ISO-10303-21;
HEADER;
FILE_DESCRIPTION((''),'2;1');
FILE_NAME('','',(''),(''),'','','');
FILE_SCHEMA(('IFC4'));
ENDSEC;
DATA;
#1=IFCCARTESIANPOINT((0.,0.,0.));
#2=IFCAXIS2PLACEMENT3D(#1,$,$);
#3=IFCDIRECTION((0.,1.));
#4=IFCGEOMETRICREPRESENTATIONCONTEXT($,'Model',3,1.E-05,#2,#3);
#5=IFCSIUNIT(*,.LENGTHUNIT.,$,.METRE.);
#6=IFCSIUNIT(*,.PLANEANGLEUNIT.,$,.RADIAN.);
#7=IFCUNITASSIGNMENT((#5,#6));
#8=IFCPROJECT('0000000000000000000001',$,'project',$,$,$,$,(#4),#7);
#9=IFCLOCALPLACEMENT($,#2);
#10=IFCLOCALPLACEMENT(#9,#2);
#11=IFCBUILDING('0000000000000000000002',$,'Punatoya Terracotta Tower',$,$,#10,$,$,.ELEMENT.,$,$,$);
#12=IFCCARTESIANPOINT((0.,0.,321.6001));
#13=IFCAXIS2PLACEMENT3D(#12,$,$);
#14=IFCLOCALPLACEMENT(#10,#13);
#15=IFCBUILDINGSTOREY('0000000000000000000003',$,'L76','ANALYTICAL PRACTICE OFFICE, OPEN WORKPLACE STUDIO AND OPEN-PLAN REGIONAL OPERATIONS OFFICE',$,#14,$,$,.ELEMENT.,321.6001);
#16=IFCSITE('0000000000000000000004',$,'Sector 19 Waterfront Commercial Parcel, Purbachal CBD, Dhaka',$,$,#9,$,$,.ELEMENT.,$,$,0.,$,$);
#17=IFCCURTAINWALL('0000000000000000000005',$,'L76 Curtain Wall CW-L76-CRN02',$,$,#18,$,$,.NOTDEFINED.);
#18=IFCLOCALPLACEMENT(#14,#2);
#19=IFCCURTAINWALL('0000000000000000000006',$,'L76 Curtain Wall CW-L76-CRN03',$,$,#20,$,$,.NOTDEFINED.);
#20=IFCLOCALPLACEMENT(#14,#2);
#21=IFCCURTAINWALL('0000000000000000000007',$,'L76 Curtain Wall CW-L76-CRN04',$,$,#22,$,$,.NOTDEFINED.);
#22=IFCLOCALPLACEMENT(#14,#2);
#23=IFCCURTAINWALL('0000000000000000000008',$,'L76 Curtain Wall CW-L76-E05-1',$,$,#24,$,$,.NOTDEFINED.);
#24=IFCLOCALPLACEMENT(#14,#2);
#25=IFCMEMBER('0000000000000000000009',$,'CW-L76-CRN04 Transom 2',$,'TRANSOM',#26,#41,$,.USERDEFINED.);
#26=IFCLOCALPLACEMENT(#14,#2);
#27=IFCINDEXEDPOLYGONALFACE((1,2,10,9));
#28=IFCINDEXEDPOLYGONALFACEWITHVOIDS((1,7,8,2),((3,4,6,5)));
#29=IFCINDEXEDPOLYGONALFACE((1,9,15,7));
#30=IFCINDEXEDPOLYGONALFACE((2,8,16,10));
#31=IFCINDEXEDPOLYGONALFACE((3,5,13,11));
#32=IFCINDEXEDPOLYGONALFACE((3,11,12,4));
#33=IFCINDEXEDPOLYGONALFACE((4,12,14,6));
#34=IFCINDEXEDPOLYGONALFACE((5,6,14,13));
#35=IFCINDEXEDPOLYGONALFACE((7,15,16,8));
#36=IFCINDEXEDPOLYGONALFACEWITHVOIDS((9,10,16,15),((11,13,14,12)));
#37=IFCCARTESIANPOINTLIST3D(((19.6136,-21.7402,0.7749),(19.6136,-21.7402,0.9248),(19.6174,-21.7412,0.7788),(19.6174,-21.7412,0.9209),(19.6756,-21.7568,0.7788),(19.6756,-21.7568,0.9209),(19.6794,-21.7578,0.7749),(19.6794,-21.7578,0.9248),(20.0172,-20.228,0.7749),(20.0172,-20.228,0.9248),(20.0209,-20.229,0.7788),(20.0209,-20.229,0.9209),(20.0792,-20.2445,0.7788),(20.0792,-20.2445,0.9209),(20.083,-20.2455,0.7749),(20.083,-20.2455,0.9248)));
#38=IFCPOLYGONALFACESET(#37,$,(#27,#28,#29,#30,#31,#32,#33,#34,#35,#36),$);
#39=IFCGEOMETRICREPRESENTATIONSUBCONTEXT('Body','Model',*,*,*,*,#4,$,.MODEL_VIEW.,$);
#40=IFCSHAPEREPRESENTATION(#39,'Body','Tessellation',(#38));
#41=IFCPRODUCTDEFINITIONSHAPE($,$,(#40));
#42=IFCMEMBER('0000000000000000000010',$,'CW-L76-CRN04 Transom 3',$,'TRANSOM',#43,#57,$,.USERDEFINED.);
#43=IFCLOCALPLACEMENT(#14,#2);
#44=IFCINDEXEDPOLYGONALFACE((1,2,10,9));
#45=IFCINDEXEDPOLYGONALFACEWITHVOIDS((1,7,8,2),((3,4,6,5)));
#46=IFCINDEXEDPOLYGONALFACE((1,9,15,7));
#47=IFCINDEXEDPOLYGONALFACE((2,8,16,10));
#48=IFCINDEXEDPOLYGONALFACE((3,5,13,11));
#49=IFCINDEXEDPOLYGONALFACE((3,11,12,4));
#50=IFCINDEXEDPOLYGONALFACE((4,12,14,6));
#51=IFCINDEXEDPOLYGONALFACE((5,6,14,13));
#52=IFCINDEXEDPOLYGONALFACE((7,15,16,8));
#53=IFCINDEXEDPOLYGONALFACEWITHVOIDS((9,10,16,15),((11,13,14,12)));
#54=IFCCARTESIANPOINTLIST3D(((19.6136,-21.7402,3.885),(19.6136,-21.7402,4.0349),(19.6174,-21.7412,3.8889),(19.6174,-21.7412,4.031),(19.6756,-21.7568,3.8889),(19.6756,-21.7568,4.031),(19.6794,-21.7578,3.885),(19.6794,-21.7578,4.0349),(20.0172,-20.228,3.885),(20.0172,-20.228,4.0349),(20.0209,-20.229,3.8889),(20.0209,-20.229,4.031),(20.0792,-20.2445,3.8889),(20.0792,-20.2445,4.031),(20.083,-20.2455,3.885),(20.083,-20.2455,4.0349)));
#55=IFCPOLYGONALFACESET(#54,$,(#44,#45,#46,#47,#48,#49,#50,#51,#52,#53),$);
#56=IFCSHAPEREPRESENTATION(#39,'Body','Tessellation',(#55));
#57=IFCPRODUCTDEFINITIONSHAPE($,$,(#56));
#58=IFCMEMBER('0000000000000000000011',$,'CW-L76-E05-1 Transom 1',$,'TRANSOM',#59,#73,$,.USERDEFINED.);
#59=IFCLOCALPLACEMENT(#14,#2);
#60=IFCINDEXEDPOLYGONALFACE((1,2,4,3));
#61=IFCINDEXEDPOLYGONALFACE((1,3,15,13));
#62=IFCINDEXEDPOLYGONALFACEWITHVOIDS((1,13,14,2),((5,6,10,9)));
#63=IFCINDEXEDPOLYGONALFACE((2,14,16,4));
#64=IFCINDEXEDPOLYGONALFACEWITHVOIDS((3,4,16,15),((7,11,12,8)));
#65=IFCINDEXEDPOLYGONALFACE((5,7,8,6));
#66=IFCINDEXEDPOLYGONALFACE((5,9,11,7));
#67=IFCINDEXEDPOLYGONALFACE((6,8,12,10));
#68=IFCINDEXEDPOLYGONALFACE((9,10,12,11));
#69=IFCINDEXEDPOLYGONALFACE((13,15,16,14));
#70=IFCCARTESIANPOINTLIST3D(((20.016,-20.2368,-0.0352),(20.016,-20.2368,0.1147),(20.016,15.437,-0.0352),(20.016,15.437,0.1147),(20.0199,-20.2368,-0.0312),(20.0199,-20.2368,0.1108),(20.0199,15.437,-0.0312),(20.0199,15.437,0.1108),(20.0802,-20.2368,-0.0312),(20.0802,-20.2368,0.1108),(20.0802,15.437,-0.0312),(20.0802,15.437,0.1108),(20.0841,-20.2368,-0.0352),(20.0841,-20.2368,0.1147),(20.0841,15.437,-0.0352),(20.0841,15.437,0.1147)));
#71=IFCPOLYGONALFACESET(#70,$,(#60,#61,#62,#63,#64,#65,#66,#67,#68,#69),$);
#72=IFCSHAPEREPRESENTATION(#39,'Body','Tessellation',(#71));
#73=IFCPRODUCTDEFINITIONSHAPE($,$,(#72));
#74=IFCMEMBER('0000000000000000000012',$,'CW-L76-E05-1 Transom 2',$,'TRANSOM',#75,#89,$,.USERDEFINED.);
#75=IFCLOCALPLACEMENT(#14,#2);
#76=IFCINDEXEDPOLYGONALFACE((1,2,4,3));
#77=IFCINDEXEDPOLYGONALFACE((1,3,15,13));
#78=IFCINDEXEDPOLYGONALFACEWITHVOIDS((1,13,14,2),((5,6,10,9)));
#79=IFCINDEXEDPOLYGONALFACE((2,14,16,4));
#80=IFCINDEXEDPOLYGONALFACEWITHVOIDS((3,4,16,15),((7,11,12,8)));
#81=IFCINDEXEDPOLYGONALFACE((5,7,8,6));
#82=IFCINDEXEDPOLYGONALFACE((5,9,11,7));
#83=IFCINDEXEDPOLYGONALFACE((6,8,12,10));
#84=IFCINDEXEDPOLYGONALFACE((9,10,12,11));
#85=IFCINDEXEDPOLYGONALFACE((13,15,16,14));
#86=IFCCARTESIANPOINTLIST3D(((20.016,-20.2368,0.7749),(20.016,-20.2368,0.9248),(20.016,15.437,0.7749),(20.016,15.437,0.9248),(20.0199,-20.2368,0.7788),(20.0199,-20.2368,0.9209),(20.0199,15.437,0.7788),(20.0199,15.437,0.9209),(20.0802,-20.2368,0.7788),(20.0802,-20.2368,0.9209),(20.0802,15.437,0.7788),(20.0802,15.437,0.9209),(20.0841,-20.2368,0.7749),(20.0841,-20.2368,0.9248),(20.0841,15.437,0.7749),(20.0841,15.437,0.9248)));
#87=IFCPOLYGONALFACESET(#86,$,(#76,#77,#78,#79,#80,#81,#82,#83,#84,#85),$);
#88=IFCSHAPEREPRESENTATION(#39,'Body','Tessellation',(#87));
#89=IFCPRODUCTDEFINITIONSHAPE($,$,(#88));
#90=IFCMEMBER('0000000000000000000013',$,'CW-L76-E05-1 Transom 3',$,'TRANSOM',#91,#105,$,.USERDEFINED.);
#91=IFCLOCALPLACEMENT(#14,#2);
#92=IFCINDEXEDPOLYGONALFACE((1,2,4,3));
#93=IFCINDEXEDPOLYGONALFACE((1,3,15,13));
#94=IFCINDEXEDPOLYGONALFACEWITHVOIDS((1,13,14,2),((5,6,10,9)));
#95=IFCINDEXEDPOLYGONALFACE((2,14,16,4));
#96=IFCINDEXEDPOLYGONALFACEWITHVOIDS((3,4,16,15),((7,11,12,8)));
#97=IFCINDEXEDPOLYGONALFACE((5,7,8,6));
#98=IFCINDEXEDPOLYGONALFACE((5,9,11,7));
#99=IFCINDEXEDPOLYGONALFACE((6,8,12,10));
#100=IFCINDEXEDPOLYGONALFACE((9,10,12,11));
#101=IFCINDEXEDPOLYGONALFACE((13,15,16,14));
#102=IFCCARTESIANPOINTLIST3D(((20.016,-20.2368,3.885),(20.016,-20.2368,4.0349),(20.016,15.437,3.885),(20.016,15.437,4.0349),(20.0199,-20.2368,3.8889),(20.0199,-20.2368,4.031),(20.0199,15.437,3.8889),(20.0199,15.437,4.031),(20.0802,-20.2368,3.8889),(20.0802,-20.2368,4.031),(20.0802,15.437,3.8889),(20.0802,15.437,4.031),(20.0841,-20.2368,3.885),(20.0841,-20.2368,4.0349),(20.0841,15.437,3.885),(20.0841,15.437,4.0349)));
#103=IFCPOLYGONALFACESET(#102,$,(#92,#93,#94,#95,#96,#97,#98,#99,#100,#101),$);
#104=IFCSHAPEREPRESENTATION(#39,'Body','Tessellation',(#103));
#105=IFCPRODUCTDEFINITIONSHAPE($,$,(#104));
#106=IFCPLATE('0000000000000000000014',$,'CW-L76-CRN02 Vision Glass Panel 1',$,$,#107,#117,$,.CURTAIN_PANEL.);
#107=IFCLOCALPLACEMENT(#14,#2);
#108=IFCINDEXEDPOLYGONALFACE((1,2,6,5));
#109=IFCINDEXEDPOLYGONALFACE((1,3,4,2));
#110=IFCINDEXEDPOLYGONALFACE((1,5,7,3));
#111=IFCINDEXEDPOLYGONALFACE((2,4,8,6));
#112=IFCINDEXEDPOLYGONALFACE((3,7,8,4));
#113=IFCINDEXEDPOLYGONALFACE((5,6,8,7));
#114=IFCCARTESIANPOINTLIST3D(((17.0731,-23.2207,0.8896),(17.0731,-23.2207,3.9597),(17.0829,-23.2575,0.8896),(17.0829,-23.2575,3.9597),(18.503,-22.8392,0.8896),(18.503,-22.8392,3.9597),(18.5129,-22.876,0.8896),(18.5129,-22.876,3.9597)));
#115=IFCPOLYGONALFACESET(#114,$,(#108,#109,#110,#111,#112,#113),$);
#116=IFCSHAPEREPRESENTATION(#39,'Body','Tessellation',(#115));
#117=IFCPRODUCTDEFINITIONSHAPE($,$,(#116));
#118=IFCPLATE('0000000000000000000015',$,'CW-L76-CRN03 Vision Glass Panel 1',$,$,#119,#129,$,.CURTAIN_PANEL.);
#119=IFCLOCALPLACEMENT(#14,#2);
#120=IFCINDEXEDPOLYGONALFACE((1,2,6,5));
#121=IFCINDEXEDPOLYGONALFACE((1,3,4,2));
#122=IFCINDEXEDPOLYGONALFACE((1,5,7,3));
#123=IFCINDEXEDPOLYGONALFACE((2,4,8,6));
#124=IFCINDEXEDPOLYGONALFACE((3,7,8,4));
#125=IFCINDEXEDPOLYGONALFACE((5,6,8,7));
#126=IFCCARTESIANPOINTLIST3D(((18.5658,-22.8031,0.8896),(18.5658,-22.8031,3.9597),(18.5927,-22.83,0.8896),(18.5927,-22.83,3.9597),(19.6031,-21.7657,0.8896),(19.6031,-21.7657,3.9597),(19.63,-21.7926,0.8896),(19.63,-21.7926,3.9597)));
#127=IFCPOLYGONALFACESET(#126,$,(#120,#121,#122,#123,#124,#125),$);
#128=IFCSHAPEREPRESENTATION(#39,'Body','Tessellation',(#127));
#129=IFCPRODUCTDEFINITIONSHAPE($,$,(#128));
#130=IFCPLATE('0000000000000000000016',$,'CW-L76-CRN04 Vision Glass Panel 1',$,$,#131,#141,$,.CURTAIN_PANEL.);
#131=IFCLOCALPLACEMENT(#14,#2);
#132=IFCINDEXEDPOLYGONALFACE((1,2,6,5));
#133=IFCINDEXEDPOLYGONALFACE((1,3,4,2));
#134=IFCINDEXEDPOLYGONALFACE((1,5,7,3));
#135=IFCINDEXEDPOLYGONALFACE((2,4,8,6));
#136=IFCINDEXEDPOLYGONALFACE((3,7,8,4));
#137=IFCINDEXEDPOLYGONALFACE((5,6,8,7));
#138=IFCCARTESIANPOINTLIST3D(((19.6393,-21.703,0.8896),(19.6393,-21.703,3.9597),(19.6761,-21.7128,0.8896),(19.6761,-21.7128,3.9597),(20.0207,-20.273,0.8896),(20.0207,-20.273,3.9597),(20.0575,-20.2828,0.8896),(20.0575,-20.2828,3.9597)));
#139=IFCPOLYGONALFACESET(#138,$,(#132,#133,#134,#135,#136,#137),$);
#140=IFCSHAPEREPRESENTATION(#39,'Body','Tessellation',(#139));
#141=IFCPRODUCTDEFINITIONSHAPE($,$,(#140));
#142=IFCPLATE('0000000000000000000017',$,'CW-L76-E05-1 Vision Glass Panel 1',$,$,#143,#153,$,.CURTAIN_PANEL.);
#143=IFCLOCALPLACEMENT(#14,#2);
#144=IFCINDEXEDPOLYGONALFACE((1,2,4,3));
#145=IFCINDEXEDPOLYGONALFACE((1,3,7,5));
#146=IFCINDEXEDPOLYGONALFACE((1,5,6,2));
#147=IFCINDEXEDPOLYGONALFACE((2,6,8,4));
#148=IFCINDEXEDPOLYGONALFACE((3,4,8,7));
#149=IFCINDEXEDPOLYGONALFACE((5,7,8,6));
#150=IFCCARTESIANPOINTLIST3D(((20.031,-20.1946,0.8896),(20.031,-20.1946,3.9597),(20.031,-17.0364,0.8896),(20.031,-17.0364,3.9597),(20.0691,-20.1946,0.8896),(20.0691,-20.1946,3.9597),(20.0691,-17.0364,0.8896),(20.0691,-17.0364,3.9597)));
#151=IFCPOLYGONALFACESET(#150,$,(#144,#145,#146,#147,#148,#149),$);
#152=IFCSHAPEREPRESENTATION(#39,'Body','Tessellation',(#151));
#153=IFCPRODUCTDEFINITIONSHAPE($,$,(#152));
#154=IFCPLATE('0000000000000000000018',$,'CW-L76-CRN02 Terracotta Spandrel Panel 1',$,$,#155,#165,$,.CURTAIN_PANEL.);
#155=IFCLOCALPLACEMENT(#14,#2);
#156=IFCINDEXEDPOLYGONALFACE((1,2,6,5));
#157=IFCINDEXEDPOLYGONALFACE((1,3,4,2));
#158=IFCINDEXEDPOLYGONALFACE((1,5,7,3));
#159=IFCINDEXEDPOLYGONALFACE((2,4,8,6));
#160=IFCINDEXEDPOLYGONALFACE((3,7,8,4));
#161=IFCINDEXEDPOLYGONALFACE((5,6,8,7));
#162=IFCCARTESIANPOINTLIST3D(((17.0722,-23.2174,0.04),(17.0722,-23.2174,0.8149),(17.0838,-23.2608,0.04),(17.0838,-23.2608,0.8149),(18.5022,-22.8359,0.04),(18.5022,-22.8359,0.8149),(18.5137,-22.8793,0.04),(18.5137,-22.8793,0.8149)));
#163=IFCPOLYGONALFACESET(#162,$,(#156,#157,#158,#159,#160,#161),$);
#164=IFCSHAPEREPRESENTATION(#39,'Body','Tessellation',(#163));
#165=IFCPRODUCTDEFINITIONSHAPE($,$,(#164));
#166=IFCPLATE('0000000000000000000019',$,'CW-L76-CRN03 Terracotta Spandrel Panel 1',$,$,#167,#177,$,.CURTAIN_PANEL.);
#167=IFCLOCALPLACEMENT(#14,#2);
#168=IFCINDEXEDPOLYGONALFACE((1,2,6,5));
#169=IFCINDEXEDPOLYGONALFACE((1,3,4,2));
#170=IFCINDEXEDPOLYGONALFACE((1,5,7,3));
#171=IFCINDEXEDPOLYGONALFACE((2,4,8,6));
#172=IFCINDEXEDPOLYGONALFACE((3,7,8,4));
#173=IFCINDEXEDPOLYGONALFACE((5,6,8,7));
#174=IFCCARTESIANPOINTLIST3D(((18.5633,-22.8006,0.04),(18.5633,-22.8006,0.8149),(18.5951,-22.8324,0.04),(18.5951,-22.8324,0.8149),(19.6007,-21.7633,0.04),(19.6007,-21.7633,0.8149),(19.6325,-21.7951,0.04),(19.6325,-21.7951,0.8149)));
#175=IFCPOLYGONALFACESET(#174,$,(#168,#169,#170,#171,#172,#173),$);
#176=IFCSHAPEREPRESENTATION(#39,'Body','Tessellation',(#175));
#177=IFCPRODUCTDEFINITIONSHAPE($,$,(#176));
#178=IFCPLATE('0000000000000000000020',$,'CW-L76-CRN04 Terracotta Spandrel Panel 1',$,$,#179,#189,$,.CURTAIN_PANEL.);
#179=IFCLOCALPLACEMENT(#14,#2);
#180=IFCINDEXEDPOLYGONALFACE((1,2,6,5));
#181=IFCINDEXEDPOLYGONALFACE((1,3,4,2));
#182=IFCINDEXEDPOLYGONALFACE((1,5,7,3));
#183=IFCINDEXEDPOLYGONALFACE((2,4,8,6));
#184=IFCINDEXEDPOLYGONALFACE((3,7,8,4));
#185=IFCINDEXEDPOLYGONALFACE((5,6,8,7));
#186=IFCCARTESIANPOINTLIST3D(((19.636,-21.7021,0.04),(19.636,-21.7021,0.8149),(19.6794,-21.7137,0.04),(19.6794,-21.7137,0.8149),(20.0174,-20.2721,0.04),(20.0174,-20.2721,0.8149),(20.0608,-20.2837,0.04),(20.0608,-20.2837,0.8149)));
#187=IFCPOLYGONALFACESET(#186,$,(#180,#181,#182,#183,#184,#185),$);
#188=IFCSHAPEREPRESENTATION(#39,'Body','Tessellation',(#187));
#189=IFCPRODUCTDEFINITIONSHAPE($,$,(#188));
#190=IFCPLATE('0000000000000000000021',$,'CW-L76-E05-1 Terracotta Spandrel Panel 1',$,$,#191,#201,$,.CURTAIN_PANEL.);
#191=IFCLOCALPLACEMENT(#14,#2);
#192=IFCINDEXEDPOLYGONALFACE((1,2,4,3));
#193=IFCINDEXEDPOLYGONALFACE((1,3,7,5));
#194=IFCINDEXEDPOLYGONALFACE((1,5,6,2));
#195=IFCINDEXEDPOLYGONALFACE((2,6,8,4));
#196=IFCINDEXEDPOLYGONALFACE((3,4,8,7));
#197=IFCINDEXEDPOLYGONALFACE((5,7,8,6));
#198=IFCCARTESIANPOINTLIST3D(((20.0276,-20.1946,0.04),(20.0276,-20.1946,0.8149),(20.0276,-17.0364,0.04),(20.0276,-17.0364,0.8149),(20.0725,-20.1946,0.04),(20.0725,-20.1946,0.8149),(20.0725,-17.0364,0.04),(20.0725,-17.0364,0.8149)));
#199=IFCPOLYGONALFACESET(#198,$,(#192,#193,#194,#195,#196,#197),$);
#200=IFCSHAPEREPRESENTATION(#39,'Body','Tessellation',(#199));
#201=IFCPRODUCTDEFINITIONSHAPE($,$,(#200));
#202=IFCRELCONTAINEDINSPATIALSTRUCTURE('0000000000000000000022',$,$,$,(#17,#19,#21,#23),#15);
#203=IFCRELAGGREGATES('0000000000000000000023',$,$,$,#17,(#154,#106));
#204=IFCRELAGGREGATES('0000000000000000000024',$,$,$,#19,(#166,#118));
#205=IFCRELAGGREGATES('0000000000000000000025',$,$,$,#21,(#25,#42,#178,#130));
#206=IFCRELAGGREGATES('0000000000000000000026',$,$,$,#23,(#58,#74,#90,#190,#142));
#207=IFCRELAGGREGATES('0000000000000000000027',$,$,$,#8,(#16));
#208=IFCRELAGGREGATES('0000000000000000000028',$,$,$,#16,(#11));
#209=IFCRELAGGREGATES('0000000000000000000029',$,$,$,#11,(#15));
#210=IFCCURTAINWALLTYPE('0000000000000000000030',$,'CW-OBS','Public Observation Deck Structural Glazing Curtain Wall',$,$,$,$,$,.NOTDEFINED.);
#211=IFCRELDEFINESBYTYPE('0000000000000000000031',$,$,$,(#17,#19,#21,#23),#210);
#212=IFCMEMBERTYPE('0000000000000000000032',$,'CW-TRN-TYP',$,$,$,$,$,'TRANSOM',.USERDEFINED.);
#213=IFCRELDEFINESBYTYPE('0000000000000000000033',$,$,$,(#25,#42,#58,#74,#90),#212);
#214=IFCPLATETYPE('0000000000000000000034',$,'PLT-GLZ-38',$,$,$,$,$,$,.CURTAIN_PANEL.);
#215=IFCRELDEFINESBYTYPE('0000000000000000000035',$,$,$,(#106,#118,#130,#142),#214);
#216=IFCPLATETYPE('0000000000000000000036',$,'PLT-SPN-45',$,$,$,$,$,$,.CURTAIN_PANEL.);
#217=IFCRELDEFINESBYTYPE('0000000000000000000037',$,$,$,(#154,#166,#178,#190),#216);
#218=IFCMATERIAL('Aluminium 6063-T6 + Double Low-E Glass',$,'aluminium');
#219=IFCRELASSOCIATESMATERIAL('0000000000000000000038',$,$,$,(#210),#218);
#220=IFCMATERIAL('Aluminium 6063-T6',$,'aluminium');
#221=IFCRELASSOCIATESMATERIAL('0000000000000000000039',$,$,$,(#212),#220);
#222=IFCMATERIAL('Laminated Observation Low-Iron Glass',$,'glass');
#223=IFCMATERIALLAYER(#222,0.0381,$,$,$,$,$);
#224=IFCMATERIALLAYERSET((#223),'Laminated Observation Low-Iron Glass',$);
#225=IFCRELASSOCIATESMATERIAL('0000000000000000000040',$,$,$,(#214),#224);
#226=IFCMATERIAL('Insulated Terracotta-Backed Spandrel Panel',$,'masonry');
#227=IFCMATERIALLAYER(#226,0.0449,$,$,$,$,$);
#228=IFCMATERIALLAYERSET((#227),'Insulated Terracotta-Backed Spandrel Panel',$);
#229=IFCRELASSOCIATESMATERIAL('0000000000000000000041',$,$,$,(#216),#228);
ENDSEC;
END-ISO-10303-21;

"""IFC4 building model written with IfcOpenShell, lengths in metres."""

from ifc_helpers import new_model, si_unit, direction, frame, origin, origin_2d, place, context, subcontext, project, spatial, rectangle, hollow_rectangle, extrude, material, layer, layer_set, material_profile, profile_set, type_object, element, aggregate, save


model = new_model("IFC4")

# Units and contexts
model_context = context("Model", 3, precision=1e-05, world=origin(), true_north=direction((0.0, 1.0)))
body_context = subcontext(model_context, "Body", "Model", "MODEL_VIEW")
ifc_project = project(units=[si_unit("LENGTHUNIT", "METRE"), si_unit("PLANEANGLEUNIT", "RADIAN")], contexts=[model_context])

# Site, building, storey
site_placement = place(None, origin())
site = spatial("IfcSite", under=ifc_project, at=site_placement, Name="Sector 19 Waterfront Commercial Parcel, Purbachal CBD, Dhaka", CompositionType="ELEMENT", RefElevation=0.0)
building_placement = place(site_placement, origin())
building = spatial("IfcBuilding", under=site, at=building_placement, Name="Punatoya Terracotta Tower", CompositionType="ELEMENT")
storey_placement = place(building_placement, frame((0.0, 0.0, 321.6001)))
storey = spatial("IfcBuildingStorey", under=building, at=storey_placement, Name="L76", Description="ANALYTICAL PRACTICE OFFICE, OPEN WORKPLACE STUDIO AND OPEN-PLAN REGIONAL OPERATIONS OFFICE", CompositionType="ELEMENT", Elevation=321.6001)

# Curtain walls
ifc_material_1 = material(Name="Aluminium 6063-T6 + Double Low-E Glass", Category="aluminium")
curtain_wall_type = type_object("IfcCurtainWallType", Name="CW-OBS", Description="Public Observation Deck Structural Glazing Curtain Wall", PredefinedType="NOTDEFINED", material=ifc_material_1)
curtain_wall_1_placement = place(storey_placement, origin())
curtain_wall_1 = element("IfcCurtainWall", 1, at=curtain_wall_1_placement, inside=storey, type_object=curtain_wall_type, Name="L76 Curtain Wall CW-L76-CRN02", PredefinedType="NOTDEFINED")
ifc_material_2 = material(Name="Aluminium 6063-T6", Category="aluminium")
curtain_wall_2_placement = place(storey_placement, origin())
curtain_wall_2 = element("IfcCurtainWall", 2, at=curtain_wall_2_placement, inside=storey, type_object=curtain_wall_type, Name="L76 Curtain Wall CW-L76-CRN03", PredefinedType="NOTDEFINED")
curtain_wall_3_placement = place(storey_placement, origin())
curtain_wall_3 = element("IfcCurtainWall", 3, at=curtain_wall_3_placement, inside=storey, type_object=curtain_wall_type, Name="L76 Curtain Wall CW-L76-CRN04", PredefinedType="NOTDEFINED")

# Curtain wall
curtain_wall_4_placement = place(storey_placement, origin())
curtain_wall_4 = element("IfcCurtainWall", 4, at=curtain_wall_4_placement, inside=storey, type_object=curtain_wall_type, Name="L76 Curtain Wall CW-L76-E05-1", PredefinedType="NOTDEFINED")

# Members
ifc_material_profile_1 = material_profile(ifc_material_2, hollow_rectangle(XDim=0.0681, YDim=0.1499, WallThickness=0.0039, at=origin_2d()))
ifc_profile_set_1 = profile_set([ifc_material_profile_1], Name="Aluminium 6063-T6")
member_type_1 = type_object("IfcMemberType", Name="CW-TRN-TYP", ElementType="TRANSOM", PredefinedType="USERDEFINED", material=ifc_profile_set_1)
member_1_placement = place(storey_placement, frame((19.6465, -21.749, 0.8499), z_axis=(0.257847, 0.966186, 0.0), x_axis=(-0.966186, 0.257847, 0.0)))
member_1 = element("IfcMember", 5, at=member_1_placement, type_object=member_type_1, Name="CW-L76-CRN04 Transom 2", ObjectType="TRANSOM", PredefinedType="USERDEFINED", context=body_context, shape_type="SweptSolid", body=[
    extrude(hollow_rectangle(XDim=0.0681, YDim=0.1499, WallThickness=0.0039, at=origin_2d()), origin(), (0.0, 0.0, 1.0), 1.5652),
])
member_2_placement = place(storey_placement, frame((19.6465, -21.749, 3.96), z_axis=(0.257847, 0.966186, 0.0), x_axis=(-0.966186, 0.257847, 0.0)))
member_2 = element("IfcMember", 6, at=member_2_placement, type_object=member_type_1, Name="CW-L76-CRN04 Transom 3", ObjectType="TRANSOM", PredefinedType="USERDEFINED", context=body_context, shape_type="SweptSolid", body=[
    extrude(hollow_rectangle(XDim=0.0681, YDim=0.1499, WallThickness=0.0039, at=origin_2d()), origin(), (0.0, 0.0, 1.0), 1.5652),
])
member_3_placement = place(storey_placement, frame((20.05, -20.2368, 0.0398), z_axis=(0.0, 1.0, 0.0), x_axis=(-1.0, 0.0, 0.0)))
member_3 = element("IfcMember", 7, at=member_3_placement, type_object=member_type_1, Name="CW-L76-E05-1 Transom 1", ObjectType="TRANSOM", PredefinedType="USERDEFINED", context=body_context, shape_type="SweptSolid", body=[
    extrude(hollow_rectangle(XDim=0.0681, YDim=0.1499, WallThickness=0.0039, at=origin_2d()), origin(), (0.0, 0.0, 1.0), 35.6738),
])
member_4_placement = place(storey_placement, frame((20.05, -20.2368, 0.8499), z_axis=(0.0, 1.0, 0.0), x_axis=(-1.0, 0.0, 0.0)))
member_4 = element("IfcMember", 8, at=member_4_placement, type_object=member_type_1, Name="CW-L76-E05-1 Transom 2", ObjectType="TRANSOM", PredefinedType="USERDEFINED", context=body_context, shape_type="SweptSolid", body=[
    extrude(hollow_rectangle(XDim=0.0681, YDim=0.1499, WallThickness=0.0039, at=origin_2d()), origin(), (0.0, 0.0, 1.0), 35.6738),
])
member_5_placement = place(storey_placement, frame((20.05, -20.2368, 3.96), z_axis=(0.0, 1.0, 0.0), x_axis=(-1.0, 0.0, 0.0)))
member_5 = element("IfcMember", 9, at=member_5_placement, type_object=member_type_1, Name="CW-L76-E05-1 Transom 3", ObjectType="TRANSOM", PredefinedType="USERDEFINED", context=body_context, shape_type="SweptSolid", body=[
    extrude(hollow_rectangle(XDim=0.0681, YDim=0.1499, WallThickness=0.0039, at=origin_2d()), origin(), (0.0, 0.0, 1.0), 35.6738),
])

# Plates
ifc_material_3 = material(Name="Laminated Observation Low-Iron Glass", Category="glass")
ifc_layer_1 = layer(ifc_material_3, 0.0381)
ifc_layer_set_1 = layer_set([ifc_layer_1], Name="Laminated Observation Low-Iron Glass")
plate_type_1 = type_object("IfcPlateType", Name="PLT-GLZ-38", PredefinedType="CURTAIN_PANEL", material=ifc_layer_set_1)
plate_1_placement = place(storey_placement, frame((17.793, -23.0483, 0.8896), z_axis=(0.0, 0.0, 1.0), x_axis=(0.966214, 0.257742, 0.0)))
plate_1 = element("IfcPlate", 10, at=plate_1_placement, type_object=plate_type_1, Name="CW-L76-CRN02 Vision Glass Panel 1", PredefinedType="CURTAIN_PANEL", context=body_context, shape_type="SweptSolid", body=[
    extrude(rectangle(XDim=1.48, YDim=0.0381, at=origin_2d()), origin(), (0.0, 0.0, 1.0), 3.0701),
])
plate_2_placement = place(storey_placement, frame((19.0979, -22.2979, 0.8896), z_axis=(0.0, 0.0, 1.0), x_axis=(0.707107, 0.707107, 0.0)))
plate_2 = element("IfcPlate", 11, at=plate_2_placement, type_object=plate_type_1, Name="CW-L76-CRN03 Vision Glass Panel 1", PredefinedType="CURTAIN_PANEL", context=body_context, shape_type="SweptSolid", body=[
    extrude(rectangle(XDim=1.467, YDim=0.0381, at=origin_2d()), origin(), (0.0, 0.0, 1.0), 3.0701),
])
plate_3_placement = place(storey_placement, frame((19.8484, -20.9929, 0.8896), z_axis=(0.0, 0.0, 1.0), x_axis=(0.257742, 0.966214, 0.0)))
plate_3 = element("IfcPlate", 12, at=plate_3_placement, type_object=plate_type_1, Name="CW-L76-CRN04 Vision Glass Panel 1", PredefinedType="CURTAIN_PANEL", context=body_context, shape_type="SweptSolid", body=[
    extrude(rectangle(XDim=1.48, YDim=0.0381, at=origin_2d()), origin(), (0.0, 0.0, 1.0), 3.0701),
])
plate_4_placement = place(storey_placement, frame((20.05, -18.6155, 0.8896), z_axis=(0.0, 0.0, 1.0), x_axis=(0.0, 1.0, 0.0)))
plate_4 = element("IfcPlate", 13, at=plate_4_placement, type_object=plate_type_1, Name="CW-L76-E05-1 Vision Glass Panel 1", PredefinedType="CURTAIN_PANEL", context=body_context, shape_type="SweptSolid", body=[
    extrude(rectangle(XDim=3.1582, YDim=0.0381, at=origin_2d()), origin(), (0.0, 0.0, 1.0), 3.0701),
])
ifc_material_4 = material(Name="Insulated Terracotta-Backed Spandrel Panel", Category="masonry")
ifc_layer_2 = layer(ifc_material_4, 0.0449)
ifc_layer_set_2 = layer_set([ifc_layer_2], Name="Insulated Terracotta-Backed Spandrel Panel")
plate_type_2 = type_object("IfcPlateType", Name="PLT-SPN-45", PredefinedType="CURTAIN_PANEL", material=ifc_layer_set_2)
plate_5_placement = place(storey_placement, frame((17.793, -23.0483, 0.04), z_axis=(0.0, 0.0, 1.0), x_axis=(0.966214, 0.257742, 0.0)))
plate_5 = element("IfcPlate", 14, at=plate_5_placement, type_object=plate_type_2, Name="CW-L76-CRN02 Terracotta Spandrel Panel 1", PredefinedType="CURTAIN_PANEL", context=body_context, shape_type="SweptSolid", body=[
    extrude(rectangle(XDim=1.48, YDim=0.0449, at=origin_2d()), origin(), (0.0, 0.0, 1.0), 0.7749),
])
aggregate(curtain_wall_1, [plate_5, plate_1])
plate_6_placement = place(storey_placement, frame((19.0979, -22.2979, 0.04), z_axis=(0.0, 0.0, 1.0), x_axis=(0.707107, 0.707107, 0.0)))
plate_6 = element("IfcPlate", 15, at=plate_6_placement, type_object=plate_type_2, Name="CW-L76-CRN03 Terracotta Spandrel Panel 1", PredefinedType="CURTAIN_PANEL", context=body_context, shape_type="SweptSolid", body=[
    extrude(rectangle(XDim=1.467, YDim=0.0449, at=origin_2d()), origin(), (0.0, 0.0, 1.0), 0.7749),
])
aggregate(curtain_wall_2, [plate_6, plate_2])
plate_7_placement = place(storey_placement, frame((19.8484, -20.9929, 0.04), z_axis=(0.0, 0.0, 1.0), x_axis=(0.257742, 0.966214, 0.0)))
plate_7 = element("IfcPlate", 16, at=plate_7_placement, type_object=plate_type_2, Name="CW-L76-CRN04 Terracotta Spandrel Panel 1", PredefinedType="CURTAIN_PANEL", context=body_context, shape_type="SweptSolid", body=[
    extrude(rectangle(XDim=1.48, YDim=0.0449, at=origin_2d()), origin(), (0.0, 0.0, 1.0), 0.7749),
])
aggregate(curtain_wall_3, [member_1, member_2, plate_7, plate_3])
plate_8_placement = place(storey_placement, frame((20.05, -18.6155, 0.04), z_axis=(0.0, 0.0, 1.0), x_axis=(0.0, 1.0, 0.0)))
plate_8 = element("IfcPlate", 17, at=plate_8_placement, type_object=plate_type_2, Name="CW-L76-E05-1 Terracotta Spandrel Panel 1", PredefinedType="CURTAIN_PANEL", context=body_context, shape_type="SweptSolid", body=[
    extrude(rectangle(XDim=3.1582, YDim=0.0449, at=origin_2d()), origin(), (0.0, 0.0, 1.0), 0.7749),
])
aggregate(curtain_wall_4, [member_3, member_4, member_5, plate_8, plate_4])

save(model, "model.ifc")
